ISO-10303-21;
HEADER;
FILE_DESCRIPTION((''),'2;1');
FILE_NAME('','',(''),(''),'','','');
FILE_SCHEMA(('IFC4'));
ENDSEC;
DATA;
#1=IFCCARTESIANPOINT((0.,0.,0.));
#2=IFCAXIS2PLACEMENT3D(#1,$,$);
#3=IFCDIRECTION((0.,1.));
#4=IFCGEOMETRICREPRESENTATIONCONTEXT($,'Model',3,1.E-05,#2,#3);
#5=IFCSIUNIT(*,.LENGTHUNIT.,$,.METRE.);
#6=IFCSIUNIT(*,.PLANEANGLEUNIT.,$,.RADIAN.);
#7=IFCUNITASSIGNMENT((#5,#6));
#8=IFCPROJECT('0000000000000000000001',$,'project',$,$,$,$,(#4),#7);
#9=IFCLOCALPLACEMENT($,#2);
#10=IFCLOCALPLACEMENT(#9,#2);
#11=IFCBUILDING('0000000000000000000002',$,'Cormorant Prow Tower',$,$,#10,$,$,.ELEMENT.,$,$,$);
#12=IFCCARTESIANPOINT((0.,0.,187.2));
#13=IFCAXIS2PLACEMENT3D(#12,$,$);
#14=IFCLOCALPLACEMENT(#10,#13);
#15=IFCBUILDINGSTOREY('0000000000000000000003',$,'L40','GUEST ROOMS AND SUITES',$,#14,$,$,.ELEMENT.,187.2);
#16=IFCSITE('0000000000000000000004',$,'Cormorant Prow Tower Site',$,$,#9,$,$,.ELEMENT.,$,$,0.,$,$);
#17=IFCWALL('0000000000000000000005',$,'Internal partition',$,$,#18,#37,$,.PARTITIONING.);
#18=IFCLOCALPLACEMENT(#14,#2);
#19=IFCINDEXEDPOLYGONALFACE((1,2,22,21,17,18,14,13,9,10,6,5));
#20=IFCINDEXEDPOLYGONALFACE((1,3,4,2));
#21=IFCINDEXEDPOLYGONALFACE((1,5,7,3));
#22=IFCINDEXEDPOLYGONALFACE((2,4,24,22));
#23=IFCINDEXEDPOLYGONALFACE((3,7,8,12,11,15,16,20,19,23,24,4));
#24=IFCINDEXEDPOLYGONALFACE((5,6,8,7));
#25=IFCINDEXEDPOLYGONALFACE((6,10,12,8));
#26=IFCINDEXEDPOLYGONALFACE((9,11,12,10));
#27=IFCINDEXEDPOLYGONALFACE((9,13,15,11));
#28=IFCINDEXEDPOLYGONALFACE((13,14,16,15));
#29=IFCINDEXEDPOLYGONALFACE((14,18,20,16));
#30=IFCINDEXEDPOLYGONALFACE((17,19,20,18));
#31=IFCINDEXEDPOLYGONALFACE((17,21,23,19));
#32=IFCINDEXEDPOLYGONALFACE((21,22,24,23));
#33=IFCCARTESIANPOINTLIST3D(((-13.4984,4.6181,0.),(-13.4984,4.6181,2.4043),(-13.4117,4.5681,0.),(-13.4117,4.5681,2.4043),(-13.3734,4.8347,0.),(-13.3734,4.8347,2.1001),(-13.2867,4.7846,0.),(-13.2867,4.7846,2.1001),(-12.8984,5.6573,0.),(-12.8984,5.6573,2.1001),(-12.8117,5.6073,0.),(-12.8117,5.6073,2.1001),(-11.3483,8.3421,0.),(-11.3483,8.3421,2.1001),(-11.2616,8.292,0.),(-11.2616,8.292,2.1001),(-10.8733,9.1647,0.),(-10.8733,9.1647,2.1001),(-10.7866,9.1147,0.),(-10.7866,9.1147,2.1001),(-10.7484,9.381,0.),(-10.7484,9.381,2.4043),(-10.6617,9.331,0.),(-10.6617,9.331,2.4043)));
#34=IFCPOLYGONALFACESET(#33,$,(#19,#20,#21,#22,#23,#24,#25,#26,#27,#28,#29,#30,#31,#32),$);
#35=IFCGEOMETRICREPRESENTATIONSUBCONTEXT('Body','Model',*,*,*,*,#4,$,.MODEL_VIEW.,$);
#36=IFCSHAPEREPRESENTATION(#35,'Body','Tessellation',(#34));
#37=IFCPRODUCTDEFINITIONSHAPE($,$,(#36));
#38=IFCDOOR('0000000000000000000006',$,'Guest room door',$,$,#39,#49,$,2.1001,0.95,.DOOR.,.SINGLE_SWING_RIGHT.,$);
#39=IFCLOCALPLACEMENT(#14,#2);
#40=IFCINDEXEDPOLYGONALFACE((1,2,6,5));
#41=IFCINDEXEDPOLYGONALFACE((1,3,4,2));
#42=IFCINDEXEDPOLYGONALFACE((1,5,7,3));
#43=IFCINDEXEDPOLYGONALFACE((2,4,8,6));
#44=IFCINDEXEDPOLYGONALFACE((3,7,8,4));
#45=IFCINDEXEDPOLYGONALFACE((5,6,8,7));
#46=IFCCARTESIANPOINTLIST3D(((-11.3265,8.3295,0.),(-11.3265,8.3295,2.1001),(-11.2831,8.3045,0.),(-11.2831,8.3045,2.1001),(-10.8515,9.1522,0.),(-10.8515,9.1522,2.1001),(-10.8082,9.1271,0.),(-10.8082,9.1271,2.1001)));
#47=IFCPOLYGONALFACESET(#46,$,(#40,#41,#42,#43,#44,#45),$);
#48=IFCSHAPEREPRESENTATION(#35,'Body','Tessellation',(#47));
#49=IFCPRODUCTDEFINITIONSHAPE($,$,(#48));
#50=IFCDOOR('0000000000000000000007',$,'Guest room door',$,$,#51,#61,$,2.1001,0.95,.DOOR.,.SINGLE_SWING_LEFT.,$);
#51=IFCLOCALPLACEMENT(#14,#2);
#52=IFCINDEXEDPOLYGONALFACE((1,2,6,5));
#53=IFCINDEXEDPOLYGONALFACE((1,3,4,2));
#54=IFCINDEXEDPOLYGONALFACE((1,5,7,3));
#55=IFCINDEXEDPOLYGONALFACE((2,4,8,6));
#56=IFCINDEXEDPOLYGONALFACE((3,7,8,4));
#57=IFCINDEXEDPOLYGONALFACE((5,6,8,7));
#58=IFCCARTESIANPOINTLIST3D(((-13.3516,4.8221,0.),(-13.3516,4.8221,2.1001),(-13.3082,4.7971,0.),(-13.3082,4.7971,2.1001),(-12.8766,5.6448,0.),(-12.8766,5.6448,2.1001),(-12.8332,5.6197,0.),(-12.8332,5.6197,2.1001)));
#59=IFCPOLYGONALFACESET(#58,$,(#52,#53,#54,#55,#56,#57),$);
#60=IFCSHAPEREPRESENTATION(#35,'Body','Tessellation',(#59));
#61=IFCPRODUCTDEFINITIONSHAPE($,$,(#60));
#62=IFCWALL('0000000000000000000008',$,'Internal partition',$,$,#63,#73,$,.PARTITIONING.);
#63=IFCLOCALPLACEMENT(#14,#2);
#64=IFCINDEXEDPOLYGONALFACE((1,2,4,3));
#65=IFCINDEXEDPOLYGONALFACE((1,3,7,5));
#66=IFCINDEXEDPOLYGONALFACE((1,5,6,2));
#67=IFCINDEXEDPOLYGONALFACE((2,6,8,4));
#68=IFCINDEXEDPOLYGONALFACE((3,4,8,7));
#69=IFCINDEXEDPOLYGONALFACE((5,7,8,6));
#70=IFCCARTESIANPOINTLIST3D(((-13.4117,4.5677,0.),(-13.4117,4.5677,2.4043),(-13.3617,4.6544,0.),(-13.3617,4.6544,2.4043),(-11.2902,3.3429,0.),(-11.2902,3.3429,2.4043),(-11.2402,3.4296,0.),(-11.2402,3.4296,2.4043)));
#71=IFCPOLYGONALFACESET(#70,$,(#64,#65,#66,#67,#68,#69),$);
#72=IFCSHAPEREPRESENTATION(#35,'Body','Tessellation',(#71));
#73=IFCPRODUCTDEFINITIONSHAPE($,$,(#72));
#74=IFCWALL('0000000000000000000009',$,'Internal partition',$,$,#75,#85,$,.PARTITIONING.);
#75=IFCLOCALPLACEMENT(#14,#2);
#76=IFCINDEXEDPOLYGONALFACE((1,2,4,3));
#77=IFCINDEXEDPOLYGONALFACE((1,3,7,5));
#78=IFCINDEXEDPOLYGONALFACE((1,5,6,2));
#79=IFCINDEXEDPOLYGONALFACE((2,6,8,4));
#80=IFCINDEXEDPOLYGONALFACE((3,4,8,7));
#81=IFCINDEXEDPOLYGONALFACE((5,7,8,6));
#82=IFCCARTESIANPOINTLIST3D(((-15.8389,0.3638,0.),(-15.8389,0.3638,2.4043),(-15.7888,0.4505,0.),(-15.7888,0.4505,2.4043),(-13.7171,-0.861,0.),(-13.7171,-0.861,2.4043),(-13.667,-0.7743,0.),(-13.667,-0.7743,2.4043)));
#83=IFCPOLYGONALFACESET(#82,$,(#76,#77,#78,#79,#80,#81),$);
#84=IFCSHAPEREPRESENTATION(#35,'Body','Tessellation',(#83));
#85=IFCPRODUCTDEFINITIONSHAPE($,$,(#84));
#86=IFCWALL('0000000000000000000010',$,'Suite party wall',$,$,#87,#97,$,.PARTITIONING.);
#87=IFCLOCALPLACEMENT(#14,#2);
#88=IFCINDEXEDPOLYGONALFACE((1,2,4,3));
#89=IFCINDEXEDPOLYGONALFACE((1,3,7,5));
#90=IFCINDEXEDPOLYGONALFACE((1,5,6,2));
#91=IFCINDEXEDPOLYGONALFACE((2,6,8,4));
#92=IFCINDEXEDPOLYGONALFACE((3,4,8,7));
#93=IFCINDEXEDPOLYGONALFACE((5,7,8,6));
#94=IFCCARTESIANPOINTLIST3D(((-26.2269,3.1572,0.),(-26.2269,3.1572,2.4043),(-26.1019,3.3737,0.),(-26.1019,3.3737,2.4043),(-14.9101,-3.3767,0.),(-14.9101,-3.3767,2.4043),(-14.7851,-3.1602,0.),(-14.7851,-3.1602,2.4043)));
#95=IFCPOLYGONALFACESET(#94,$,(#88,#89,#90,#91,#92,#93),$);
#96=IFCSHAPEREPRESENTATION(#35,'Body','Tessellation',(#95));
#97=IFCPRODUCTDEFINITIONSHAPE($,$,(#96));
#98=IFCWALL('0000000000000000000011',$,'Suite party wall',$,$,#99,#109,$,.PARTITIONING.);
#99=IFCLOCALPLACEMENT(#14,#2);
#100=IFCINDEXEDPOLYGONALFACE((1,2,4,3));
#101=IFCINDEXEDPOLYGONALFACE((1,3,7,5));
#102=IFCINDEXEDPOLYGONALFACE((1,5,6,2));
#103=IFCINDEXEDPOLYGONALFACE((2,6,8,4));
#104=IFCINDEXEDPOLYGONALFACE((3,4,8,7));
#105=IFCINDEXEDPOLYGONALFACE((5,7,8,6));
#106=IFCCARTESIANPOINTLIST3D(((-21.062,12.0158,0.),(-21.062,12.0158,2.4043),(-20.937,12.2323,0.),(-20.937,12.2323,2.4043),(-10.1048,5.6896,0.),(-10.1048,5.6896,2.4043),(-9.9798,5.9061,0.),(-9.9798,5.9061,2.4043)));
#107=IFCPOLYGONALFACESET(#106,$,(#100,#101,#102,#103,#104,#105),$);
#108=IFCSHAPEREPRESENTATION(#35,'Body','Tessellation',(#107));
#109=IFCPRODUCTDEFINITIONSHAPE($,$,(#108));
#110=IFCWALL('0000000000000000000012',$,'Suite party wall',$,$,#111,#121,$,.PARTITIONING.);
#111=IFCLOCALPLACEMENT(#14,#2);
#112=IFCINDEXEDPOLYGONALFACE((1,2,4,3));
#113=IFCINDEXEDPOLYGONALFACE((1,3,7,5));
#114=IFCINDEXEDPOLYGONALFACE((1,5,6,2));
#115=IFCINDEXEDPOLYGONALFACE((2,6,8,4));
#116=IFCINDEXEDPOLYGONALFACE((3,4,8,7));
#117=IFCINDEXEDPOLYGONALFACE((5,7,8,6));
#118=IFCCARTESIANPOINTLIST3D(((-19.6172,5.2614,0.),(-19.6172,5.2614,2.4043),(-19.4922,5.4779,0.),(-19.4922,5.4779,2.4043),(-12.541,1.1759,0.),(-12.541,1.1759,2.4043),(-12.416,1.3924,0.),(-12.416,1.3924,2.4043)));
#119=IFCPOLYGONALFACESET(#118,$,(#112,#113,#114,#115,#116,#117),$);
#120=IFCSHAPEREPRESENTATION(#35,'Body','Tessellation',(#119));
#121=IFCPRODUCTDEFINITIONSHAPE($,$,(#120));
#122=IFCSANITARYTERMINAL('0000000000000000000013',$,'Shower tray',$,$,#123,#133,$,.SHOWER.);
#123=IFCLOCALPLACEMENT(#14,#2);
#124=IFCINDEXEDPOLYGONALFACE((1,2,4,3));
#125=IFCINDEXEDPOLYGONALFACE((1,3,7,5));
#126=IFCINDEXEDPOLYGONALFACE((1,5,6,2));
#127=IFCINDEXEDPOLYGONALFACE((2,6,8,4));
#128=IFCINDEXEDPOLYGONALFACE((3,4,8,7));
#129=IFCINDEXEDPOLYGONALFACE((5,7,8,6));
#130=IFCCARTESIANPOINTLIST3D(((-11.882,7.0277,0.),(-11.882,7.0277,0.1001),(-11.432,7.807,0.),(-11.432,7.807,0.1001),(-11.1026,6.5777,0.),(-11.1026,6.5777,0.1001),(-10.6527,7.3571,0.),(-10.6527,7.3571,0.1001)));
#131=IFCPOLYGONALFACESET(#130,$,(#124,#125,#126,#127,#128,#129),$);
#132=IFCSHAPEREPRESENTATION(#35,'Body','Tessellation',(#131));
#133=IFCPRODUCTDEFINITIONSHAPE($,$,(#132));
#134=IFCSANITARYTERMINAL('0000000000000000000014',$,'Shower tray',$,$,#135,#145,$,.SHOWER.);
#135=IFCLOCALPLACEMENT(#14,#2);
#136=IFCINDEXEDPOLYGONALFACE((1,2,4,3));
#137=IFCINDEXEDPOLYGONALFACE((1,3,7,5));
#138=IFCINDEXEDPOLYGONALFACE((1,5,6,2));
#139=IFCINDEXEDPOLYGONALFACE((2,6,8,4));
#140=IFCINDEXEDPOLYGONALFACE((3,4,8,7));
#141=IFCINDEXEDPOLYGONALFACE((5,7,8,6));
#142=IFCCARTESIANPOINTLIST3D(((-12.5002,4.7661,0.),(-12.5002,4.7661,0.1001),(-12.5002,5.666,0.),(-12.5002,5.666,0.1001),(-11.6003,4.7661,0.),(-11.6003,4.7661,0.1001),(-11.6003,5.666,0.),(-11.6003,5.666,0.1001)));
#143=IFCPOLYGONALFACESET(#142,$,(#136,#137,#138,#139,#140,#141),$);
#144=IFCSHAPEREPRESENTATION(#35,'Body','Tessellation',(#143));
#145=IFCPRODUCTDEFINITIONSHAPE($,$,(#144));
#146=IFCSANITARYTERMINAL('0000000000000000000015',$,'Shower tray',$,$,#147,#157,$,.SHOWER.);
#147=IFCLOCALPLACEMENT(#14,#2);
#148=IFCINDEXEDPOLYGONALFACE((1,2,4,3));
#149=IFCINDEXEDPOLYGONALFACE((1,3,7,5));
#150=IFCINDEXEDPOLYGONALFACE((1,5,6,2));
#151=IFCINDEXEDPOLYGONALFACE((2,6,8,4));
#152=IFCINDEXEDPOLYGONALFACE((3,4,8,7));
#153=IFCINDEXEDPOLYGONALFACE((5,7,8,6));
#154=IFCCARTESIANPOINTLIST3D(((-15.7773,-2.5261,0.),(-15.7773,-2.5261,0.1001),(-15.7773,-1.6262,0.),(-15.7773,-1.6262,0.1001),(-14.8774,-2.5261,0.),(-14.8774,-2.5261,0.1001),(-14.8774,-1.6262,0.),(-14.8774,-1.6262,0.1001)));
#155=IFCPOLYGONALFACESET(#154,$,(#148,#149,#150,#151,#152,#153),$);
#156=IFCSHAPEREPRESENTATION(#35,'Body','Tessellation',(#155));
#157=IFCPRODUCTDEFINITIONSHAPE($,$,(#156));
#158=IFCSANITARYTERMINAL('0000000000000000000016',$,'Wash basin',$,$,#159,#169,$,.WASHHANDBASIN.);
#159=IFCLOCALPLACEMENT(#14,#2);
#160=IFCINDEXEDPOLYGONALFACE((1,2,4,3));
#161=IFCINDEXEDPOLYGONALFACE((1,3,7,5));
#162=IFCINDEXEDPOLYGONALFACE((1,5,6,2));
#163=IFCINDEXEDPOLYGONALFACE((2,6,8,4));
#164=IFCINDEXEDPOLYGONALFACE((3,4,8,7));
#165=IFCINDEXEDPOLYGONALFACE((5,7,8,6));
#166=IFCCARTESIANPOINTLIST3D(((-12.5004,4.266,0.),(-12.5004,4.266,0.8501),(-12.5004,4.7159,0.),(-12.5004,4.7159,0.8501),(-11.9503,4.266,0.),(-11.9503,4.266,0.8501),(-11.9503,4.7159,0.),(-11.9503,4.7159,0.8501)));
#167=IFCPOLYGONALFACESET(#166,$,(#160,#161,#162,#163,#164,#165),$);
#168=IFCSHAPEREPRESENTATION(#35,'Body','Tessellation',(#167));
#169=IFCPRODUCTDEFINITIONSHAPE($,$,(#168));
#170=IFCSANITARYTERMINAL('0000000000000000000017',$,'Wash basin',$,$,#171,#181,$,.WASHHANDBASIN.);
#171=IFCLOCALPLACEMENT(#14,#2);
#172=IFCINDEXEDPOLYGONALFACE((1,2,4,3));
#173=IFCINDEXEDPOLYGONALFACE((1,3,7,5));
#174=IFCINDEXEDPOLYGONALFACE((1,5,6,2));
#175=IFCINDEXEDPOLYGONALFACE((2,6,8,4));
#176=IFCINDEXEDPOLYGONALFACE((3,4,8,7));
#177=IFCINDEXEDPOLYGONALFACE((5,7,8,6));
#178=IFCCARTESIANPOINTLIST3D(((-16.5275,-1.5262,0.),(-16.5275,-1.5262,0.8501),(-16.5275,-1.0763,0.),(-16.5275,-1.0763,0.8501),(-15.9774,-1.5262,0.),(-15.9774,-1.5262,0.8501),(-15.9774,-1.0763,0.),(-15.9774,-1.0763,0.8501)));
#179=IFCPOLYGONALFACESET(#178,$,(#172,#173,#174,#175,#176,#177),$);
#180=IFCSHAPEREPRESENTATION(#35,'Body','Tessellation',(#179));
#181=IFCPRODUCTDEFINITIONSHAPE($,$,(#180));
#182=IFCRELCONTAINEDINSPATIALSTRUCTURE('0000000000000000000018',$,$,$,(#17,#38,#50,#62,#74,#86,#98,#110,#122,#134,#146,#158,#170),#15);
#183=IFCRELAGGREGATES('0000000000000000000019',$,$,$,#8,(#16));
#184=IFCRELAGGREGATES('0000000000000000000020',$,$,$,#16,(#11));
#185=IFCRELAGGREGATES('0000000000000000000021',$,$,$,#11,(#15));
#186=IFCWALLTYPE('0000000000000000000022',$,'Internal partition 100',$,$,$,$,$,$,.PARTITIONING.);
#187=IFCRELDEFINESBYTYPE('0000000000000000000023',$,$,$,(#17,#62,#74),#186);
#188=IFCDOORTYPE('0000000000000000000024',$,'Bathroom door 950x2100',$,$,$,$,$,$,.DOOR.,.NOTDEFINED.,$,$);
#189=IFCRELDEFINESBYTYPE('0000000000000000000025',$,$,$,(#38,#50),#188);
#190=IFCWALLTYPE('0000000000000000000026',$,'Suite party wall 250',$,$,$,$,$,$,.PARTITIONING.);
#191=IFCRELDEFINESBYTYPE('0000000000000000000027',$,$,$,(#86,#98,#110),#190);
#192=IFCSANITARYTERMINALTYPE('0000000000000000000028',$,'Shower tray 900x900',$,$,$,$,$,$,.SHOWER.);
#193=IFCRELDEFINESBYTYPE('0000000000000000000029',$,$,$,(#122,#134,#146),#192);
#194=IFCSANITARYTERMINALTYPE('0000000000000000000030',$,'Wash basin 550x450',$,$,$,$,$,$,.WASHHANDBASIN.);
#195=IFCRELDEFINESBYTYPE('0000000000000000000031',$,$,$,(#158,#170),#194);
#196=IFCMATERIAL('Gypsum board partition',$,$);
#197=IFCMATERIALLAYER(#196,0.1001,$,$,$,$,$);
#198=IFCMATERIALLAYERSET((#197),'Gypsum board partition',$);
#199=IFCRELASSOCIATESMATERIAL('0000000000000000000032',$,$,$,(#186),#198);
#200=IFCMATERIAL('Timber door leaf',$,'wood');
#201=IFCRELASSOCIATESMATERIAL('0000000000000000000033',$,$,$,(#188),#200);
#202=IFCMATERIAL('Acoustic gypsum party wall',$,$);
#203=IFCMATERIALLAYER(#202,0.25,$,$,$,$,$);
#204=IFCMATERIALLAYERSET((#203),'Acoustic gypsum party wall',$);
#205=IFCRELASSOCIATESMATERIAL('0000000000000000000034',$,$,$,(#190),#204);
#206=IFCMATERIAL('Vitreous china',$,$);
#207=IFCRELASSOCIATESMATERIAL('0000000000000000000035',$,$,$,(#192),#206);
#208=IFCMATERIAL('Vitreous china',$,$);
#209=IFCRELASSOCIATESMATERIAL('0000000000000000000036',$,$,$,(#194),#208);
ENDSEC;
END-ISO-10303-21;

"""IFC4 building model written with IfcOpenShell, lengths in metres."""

from ifc_helpers import new_model, si_unit, direction, frame, frame_2d, origin, origin_2d, place, context, subcontext, project, spatial, rectangle, extrude, material, layer, layer_set, type_object, element, fill, save


model = new_model("IFC4")

# Units and contexts
model_context = context("Model", 3, precision=1e-05, world=origin(), true_north=direction((0.0, 1.0)))
body_context = subcontext(model_context, "Body", "Model", "MODEL_VIEW")
ifc_project = project(units=[si_unit("LENGTHUNIT", "METRE"), si_unit("PLANEANGLEUNIT", "RADIAN")], contexts=[model_context])

# Site, building, storey
site_placement = place(None, origin())
site = spatial("IfcSite", under=ifc_project, at=site_placement, Name="Cormorant Prow Tower Site", CompositionType="ELEMENT", RefElevation=0.0)
building_placement = place(site_placement, origin())
building = spatial("IfcBuilding", under=site, at=building_placement, Name="Cormorant Prow Tower", CompositionType="ELEMENT")
storey_placement = place(building_placement, frame((0.0, 0.0, 187.2)))
storey = spatial("IfcBuildingStorey", under=building, at=storey_placement, Name="L40", Description="GUEST ROOMS AND SUITES", CompositionType="ELEMENT", Elevation=187.2)

# Wall, openings, doors
ifc_material_1 = material(Name="Gypsum board partition")
ifc_layer_1 = layer(ifc_material_1, 0.1001)
ifc_layer_set_1 = layer_set([ifc_layer_1], Name="Gypsum board partition")
wall_type_1 = type_object("IfcWallType", Name="Internal partition 100", PredefinedType="PARTITIONING", material=ifc_layer_set_1)
wall_1_placement = place(storey_placement, frame((-13.4551, 4.593, 0.0), z_axis=(0.0, 0.0, 1.0), x_axis=(0.500016, 0.866016, 0.0)))
wall_1 = element("IfcWall", 1, at=wall_1_placement, inside=storey, type_object=wall_type_1, Name="Internal partition", PredefinedType="PARTITIONING", context=body_context, shape_type="SweptSolid", body=[
    extrude(rectangle(XDim=5.4998, YDim=0.1001, at=frame_2d((2.75, 0.0))), origin(), (0.0, 0.0, 1.0), 2.4043),
])
opening_1_placement = place(wall_1_placement, frame((4.3, 0.0, 0.0)))
opening_1 = element("IfcOpeningElement", 2, at=opening_1_placement, cuts=wall_1, PredefinedType="OPENING", context=body_context, shape_type="SweptSolid", body=[
    extrude(rectangle(XDim=0.95, YDim=2.1001, at=frame_2d((0.4751, 1.05))), frame((0.0, 0.0601, 0.0), z_axis=(0.0, -1.0, 0.0), x_axis=(1.0, 0.0, 0.0)), (0.0, 0.0, 1.0), 0.1201),
])
opening_2_placement = place(wall_1_placement, frame((0.25, 0.0, 0.0)))
opening_2 = element("IfcOpeningElement", 3, at=opening_2_placement, cuts=wall_1, PredefinedType="OPENING", context=body_context, shape_type="SweptSolid", body=[
    extrude(rectangle(XDim=0.95, YDim=2.1001, at=frame_2d((0.4751, 1.05))), frame((0.0, 0.0601, 0.0), z_axis=(0.0, -1.0, 0.0), x_axis=(1.0, 0.0, 0.0)), (0.0, 0.0, 1.0), 0.1201),
])
ifc_material_2 = material(Name="Timber door leaf", Category="wood")
door_type_1 = type_object("IfcDoorType", Name="Bathroom door 950x2100", OperationType="NOTDEFINED", PredefinedType="DOOR", material=ifc_material_2)
door_1_placement = place(opening_1_placement, origin())
door_1 = element("IfcDoor", 4, at=door_1_placement, inside=storey, type_object=door_type_1, Name="Guest room door", OperationType="SINGLE_SWING_RIGHT", OverallHeight=2.1001, OverallWidth=0.95, PredefinedType="DOOR", context=body_context, shape_type="SweptSolid", body=[
    extrude(rectangle(XDim=0.95, YDim=2.1001, at=frame_2d((0.4751, 1.05))), frame((0.0, 0.0249, 0.0), z_axis=(0.0, -1.0, 0.0), x_axis=(1.0, 0.0, 0.0)), (0.0, 0.0, 1.0), 0.05),
])
fill(opening_1, door_1)
door_2_placement = place(opening_2_placement, origin())
door_2 = element("IfcDoor", 5, at=door_2_placement, inside=storey, type_object=door_type_1, Name="Guest room door", OperationType="SINGLE_SWING_LEFT", OverallHeight=2.1001, OverallWidth=0.95, PredefinedType="DOOR", context=body_context, shape_type="SweptSolid", body=[
    extrude(rectangle(XDim=0.95, YDim=2.1001, at=frame_2d((0.4751, 1.05))), frame((0.0, 0.0249, 0.0), z_axis=(0.0, -1.0, 0.0), x_axis=(1.0, 0.0, 0.0)), (0.0, 0.0, 1.0), 0.05),
])
fill(opening_2, door_2)

# Walls
wall_2_placement = place(storey_placement, frame((-13.3867, 4.6111, 0.0), z_axis=(0.0, 0.0, 1.0), x_axis=(0.866033, -0.499987, 0.0)))
element("IfcWall", 6, at=wall_2_placement, inside=storey, type_object=wall_type_1, Name="Internal partition", PredefinedType="PARTITIONING", context=body_context, shape_type="SweptSolid", body=[
    extrude(rectangle(XDim=2.4497, YDim=0.1001, at=frame_2d((1.2249, 0.0))), origin(), (0.0, 0.0, 1.0), 2.4043),
])
wall_3_placement = place(storey_placement, frame((-15.814, 0.4072, 0.0), z_axis=(0.0, 0.0, 1.0), x_axis=(0.866058, -0.499944, 0.0)))
element("IfcWall", 7, at=wall_3_placement, inside=storey, type_object=wall_type_1, Name="Internal partition", PredefinedType="PARTITIONING", context=body_context, shape_type="SweptSolid", body=[
    extrude(rectangle(XDim=2.45, YDim=0.1001, at=frame_2d((1.2251, 0.0))), origin(), (0.0, 0.0, 1.0), 2.4043),
])
ifc_material_3 = material(Name="Acoustic gypsum party wall")
ifc_layer_2 = layer(ifc_material_3, 0.25)
ifc_layer_set_2 = layer_set([ifc_layer_2], Name="Acoustic gypsum party wall")
wall_type_2 = type_object("IfcWallType", Name="Suite party wall 250", PredefinedType="PARTITIONING", material=ifc_layer_set_2)
wall_4_placement = place(storey_placement, frame((-26.1643, 3.2654, 0.0), z_axis=(0.0, 0.0, 1.0), x_axis=(0.866021, -0.500007, 0.0)))
element("IfcWall", 8, at=wall_4_placement, inside=storey, type_object=wall_type_2, Name="Suite party wall", PredefinedType="PARTITIONING", context=body_context, shape_type="SweptSolid", body=[
    extrude(rectangle(XDim=13.0676, YDim=0.25, at=frame_2d((6.5337, 0.0))), origin(), (0.0, 0.0, 1.0), 2.4043),
])
wall_5_placement = place(storey_placement, frame((-20.9995, 12.124, 0.0), z_axis=(0.0, 0.0, 1.0), x_axis=(0.866026, -0.499999, 0.0)))
element("IfcWall", 9, at=wall_5_placement, inside=storey, type_object=wall_type_2, Name="Suite party wall", PredefinedType="PARTITIONING", context=body_context, shape_type="SweptSolid", body=[
    extrude(rectangle(XDim=12.6523, YDim=0.25, at=frame_2d((6.3262, 0.0))), origin(), (0.0, 0.0, 1.0), 2.4043),
])
wall_6_placement = place(storey_placement, frame((-19.5547, 5.3696, 0.0), z_axis=(0.0, 0.0, 1.0), x_axis=(0.866024, -0.500002, 0.0)))
element("IfcWall", 10, at=wall_6_placement, inside=storey, type_object=wall_type_2, Name="Suite party wall", PredefinedType="PARTITIONING", context=body_context, shape_type="SweptSolid", body=[
    extrude(rectangle(XDim=8.1709, YDim=0.25, at=frame_2d((4.0854, 0.0))), origin(), (0.0, 0.0, 1.0), 2.4043),
])

# Sanitary terminals
ifc_material_4 = material(Name="Vitreous china")
sanitary_terminal_type_1 = type_object("IfcSanitaryTerminalType", Name="Shower tray 900x900", PredefinedType="SHOWER", material=ifc_material_4)
for number, where, z_axis, x_axis, name in (
    (11, (-11.2673, 7.1924, 0.0), (0.0, 0.0, 1.0), (0.5, 0.866025, 0.0), "Shower tray"),
    (12, (-12.0503, 5.2161, 0.0), (0.0, 0.0, 1.0), (1.0, 0.0, 0.0), "Shower tray"),
    (13, (-15.3274, -2.0762, 0.0), (0.0, 0.0, 1.0), (1.0, 0.0, 0.0), "Shower tray"),
):
    element("IfcSanitaryTerminal", number, at=place(storey_placement, frame(where, z_axis=z_axis, x_axis=x_axis)), inside=storey, type_object=sanitary_terminal_type_1, Name=name, PredefinedType="SHOWER", context=body_context, shape_type="SweptSolid", body=[
        extrude(rectangle(XDim=0.8999, YDim=0.8999, at=origin_2d()), origin(), (0.0, 0.0, 1.0), 0.1001),
    ])
ifc_material_5 = material(Name="Vitreous china")
sanitary_terminal_type_2 = type_object("IfcSanitaryTerminalType", Name="Wash basin 550x450", PredefinedType="WASHHANDBASIN", material=ifc_material_5)
for number, where, z_axis, x_axis, name in (
    (14, (-12.2253, 4.491, 0.0), (0.0, 0.0, 1.0), (1.0, 0.0, 0.0), "Wash basin"),
    (15, (-16.2524, -1.3013, 0.0), (0.0, 0.0, 1.0), (1.0, 0.0, 0.0), "Wash basin"),
):
    element("IfcSanitaryTerminal", number, at=place(storey_placement, frame(where, z_axis=z_axis, x_axis=x_axis)), inside=storey, type_object=sanitary_terminal_type_2, Name=name, PredefinedType="WASHHANDBASIN", context=body_context, shape_type="SweptSolid", body=[
        extrude(rectangle(XDim=0.55, YDim=0.45, at=origin_2d()), origin(), (0.0, 0.0, 1.0), 0.8501),
    ])

save(model, "model.ifc")
